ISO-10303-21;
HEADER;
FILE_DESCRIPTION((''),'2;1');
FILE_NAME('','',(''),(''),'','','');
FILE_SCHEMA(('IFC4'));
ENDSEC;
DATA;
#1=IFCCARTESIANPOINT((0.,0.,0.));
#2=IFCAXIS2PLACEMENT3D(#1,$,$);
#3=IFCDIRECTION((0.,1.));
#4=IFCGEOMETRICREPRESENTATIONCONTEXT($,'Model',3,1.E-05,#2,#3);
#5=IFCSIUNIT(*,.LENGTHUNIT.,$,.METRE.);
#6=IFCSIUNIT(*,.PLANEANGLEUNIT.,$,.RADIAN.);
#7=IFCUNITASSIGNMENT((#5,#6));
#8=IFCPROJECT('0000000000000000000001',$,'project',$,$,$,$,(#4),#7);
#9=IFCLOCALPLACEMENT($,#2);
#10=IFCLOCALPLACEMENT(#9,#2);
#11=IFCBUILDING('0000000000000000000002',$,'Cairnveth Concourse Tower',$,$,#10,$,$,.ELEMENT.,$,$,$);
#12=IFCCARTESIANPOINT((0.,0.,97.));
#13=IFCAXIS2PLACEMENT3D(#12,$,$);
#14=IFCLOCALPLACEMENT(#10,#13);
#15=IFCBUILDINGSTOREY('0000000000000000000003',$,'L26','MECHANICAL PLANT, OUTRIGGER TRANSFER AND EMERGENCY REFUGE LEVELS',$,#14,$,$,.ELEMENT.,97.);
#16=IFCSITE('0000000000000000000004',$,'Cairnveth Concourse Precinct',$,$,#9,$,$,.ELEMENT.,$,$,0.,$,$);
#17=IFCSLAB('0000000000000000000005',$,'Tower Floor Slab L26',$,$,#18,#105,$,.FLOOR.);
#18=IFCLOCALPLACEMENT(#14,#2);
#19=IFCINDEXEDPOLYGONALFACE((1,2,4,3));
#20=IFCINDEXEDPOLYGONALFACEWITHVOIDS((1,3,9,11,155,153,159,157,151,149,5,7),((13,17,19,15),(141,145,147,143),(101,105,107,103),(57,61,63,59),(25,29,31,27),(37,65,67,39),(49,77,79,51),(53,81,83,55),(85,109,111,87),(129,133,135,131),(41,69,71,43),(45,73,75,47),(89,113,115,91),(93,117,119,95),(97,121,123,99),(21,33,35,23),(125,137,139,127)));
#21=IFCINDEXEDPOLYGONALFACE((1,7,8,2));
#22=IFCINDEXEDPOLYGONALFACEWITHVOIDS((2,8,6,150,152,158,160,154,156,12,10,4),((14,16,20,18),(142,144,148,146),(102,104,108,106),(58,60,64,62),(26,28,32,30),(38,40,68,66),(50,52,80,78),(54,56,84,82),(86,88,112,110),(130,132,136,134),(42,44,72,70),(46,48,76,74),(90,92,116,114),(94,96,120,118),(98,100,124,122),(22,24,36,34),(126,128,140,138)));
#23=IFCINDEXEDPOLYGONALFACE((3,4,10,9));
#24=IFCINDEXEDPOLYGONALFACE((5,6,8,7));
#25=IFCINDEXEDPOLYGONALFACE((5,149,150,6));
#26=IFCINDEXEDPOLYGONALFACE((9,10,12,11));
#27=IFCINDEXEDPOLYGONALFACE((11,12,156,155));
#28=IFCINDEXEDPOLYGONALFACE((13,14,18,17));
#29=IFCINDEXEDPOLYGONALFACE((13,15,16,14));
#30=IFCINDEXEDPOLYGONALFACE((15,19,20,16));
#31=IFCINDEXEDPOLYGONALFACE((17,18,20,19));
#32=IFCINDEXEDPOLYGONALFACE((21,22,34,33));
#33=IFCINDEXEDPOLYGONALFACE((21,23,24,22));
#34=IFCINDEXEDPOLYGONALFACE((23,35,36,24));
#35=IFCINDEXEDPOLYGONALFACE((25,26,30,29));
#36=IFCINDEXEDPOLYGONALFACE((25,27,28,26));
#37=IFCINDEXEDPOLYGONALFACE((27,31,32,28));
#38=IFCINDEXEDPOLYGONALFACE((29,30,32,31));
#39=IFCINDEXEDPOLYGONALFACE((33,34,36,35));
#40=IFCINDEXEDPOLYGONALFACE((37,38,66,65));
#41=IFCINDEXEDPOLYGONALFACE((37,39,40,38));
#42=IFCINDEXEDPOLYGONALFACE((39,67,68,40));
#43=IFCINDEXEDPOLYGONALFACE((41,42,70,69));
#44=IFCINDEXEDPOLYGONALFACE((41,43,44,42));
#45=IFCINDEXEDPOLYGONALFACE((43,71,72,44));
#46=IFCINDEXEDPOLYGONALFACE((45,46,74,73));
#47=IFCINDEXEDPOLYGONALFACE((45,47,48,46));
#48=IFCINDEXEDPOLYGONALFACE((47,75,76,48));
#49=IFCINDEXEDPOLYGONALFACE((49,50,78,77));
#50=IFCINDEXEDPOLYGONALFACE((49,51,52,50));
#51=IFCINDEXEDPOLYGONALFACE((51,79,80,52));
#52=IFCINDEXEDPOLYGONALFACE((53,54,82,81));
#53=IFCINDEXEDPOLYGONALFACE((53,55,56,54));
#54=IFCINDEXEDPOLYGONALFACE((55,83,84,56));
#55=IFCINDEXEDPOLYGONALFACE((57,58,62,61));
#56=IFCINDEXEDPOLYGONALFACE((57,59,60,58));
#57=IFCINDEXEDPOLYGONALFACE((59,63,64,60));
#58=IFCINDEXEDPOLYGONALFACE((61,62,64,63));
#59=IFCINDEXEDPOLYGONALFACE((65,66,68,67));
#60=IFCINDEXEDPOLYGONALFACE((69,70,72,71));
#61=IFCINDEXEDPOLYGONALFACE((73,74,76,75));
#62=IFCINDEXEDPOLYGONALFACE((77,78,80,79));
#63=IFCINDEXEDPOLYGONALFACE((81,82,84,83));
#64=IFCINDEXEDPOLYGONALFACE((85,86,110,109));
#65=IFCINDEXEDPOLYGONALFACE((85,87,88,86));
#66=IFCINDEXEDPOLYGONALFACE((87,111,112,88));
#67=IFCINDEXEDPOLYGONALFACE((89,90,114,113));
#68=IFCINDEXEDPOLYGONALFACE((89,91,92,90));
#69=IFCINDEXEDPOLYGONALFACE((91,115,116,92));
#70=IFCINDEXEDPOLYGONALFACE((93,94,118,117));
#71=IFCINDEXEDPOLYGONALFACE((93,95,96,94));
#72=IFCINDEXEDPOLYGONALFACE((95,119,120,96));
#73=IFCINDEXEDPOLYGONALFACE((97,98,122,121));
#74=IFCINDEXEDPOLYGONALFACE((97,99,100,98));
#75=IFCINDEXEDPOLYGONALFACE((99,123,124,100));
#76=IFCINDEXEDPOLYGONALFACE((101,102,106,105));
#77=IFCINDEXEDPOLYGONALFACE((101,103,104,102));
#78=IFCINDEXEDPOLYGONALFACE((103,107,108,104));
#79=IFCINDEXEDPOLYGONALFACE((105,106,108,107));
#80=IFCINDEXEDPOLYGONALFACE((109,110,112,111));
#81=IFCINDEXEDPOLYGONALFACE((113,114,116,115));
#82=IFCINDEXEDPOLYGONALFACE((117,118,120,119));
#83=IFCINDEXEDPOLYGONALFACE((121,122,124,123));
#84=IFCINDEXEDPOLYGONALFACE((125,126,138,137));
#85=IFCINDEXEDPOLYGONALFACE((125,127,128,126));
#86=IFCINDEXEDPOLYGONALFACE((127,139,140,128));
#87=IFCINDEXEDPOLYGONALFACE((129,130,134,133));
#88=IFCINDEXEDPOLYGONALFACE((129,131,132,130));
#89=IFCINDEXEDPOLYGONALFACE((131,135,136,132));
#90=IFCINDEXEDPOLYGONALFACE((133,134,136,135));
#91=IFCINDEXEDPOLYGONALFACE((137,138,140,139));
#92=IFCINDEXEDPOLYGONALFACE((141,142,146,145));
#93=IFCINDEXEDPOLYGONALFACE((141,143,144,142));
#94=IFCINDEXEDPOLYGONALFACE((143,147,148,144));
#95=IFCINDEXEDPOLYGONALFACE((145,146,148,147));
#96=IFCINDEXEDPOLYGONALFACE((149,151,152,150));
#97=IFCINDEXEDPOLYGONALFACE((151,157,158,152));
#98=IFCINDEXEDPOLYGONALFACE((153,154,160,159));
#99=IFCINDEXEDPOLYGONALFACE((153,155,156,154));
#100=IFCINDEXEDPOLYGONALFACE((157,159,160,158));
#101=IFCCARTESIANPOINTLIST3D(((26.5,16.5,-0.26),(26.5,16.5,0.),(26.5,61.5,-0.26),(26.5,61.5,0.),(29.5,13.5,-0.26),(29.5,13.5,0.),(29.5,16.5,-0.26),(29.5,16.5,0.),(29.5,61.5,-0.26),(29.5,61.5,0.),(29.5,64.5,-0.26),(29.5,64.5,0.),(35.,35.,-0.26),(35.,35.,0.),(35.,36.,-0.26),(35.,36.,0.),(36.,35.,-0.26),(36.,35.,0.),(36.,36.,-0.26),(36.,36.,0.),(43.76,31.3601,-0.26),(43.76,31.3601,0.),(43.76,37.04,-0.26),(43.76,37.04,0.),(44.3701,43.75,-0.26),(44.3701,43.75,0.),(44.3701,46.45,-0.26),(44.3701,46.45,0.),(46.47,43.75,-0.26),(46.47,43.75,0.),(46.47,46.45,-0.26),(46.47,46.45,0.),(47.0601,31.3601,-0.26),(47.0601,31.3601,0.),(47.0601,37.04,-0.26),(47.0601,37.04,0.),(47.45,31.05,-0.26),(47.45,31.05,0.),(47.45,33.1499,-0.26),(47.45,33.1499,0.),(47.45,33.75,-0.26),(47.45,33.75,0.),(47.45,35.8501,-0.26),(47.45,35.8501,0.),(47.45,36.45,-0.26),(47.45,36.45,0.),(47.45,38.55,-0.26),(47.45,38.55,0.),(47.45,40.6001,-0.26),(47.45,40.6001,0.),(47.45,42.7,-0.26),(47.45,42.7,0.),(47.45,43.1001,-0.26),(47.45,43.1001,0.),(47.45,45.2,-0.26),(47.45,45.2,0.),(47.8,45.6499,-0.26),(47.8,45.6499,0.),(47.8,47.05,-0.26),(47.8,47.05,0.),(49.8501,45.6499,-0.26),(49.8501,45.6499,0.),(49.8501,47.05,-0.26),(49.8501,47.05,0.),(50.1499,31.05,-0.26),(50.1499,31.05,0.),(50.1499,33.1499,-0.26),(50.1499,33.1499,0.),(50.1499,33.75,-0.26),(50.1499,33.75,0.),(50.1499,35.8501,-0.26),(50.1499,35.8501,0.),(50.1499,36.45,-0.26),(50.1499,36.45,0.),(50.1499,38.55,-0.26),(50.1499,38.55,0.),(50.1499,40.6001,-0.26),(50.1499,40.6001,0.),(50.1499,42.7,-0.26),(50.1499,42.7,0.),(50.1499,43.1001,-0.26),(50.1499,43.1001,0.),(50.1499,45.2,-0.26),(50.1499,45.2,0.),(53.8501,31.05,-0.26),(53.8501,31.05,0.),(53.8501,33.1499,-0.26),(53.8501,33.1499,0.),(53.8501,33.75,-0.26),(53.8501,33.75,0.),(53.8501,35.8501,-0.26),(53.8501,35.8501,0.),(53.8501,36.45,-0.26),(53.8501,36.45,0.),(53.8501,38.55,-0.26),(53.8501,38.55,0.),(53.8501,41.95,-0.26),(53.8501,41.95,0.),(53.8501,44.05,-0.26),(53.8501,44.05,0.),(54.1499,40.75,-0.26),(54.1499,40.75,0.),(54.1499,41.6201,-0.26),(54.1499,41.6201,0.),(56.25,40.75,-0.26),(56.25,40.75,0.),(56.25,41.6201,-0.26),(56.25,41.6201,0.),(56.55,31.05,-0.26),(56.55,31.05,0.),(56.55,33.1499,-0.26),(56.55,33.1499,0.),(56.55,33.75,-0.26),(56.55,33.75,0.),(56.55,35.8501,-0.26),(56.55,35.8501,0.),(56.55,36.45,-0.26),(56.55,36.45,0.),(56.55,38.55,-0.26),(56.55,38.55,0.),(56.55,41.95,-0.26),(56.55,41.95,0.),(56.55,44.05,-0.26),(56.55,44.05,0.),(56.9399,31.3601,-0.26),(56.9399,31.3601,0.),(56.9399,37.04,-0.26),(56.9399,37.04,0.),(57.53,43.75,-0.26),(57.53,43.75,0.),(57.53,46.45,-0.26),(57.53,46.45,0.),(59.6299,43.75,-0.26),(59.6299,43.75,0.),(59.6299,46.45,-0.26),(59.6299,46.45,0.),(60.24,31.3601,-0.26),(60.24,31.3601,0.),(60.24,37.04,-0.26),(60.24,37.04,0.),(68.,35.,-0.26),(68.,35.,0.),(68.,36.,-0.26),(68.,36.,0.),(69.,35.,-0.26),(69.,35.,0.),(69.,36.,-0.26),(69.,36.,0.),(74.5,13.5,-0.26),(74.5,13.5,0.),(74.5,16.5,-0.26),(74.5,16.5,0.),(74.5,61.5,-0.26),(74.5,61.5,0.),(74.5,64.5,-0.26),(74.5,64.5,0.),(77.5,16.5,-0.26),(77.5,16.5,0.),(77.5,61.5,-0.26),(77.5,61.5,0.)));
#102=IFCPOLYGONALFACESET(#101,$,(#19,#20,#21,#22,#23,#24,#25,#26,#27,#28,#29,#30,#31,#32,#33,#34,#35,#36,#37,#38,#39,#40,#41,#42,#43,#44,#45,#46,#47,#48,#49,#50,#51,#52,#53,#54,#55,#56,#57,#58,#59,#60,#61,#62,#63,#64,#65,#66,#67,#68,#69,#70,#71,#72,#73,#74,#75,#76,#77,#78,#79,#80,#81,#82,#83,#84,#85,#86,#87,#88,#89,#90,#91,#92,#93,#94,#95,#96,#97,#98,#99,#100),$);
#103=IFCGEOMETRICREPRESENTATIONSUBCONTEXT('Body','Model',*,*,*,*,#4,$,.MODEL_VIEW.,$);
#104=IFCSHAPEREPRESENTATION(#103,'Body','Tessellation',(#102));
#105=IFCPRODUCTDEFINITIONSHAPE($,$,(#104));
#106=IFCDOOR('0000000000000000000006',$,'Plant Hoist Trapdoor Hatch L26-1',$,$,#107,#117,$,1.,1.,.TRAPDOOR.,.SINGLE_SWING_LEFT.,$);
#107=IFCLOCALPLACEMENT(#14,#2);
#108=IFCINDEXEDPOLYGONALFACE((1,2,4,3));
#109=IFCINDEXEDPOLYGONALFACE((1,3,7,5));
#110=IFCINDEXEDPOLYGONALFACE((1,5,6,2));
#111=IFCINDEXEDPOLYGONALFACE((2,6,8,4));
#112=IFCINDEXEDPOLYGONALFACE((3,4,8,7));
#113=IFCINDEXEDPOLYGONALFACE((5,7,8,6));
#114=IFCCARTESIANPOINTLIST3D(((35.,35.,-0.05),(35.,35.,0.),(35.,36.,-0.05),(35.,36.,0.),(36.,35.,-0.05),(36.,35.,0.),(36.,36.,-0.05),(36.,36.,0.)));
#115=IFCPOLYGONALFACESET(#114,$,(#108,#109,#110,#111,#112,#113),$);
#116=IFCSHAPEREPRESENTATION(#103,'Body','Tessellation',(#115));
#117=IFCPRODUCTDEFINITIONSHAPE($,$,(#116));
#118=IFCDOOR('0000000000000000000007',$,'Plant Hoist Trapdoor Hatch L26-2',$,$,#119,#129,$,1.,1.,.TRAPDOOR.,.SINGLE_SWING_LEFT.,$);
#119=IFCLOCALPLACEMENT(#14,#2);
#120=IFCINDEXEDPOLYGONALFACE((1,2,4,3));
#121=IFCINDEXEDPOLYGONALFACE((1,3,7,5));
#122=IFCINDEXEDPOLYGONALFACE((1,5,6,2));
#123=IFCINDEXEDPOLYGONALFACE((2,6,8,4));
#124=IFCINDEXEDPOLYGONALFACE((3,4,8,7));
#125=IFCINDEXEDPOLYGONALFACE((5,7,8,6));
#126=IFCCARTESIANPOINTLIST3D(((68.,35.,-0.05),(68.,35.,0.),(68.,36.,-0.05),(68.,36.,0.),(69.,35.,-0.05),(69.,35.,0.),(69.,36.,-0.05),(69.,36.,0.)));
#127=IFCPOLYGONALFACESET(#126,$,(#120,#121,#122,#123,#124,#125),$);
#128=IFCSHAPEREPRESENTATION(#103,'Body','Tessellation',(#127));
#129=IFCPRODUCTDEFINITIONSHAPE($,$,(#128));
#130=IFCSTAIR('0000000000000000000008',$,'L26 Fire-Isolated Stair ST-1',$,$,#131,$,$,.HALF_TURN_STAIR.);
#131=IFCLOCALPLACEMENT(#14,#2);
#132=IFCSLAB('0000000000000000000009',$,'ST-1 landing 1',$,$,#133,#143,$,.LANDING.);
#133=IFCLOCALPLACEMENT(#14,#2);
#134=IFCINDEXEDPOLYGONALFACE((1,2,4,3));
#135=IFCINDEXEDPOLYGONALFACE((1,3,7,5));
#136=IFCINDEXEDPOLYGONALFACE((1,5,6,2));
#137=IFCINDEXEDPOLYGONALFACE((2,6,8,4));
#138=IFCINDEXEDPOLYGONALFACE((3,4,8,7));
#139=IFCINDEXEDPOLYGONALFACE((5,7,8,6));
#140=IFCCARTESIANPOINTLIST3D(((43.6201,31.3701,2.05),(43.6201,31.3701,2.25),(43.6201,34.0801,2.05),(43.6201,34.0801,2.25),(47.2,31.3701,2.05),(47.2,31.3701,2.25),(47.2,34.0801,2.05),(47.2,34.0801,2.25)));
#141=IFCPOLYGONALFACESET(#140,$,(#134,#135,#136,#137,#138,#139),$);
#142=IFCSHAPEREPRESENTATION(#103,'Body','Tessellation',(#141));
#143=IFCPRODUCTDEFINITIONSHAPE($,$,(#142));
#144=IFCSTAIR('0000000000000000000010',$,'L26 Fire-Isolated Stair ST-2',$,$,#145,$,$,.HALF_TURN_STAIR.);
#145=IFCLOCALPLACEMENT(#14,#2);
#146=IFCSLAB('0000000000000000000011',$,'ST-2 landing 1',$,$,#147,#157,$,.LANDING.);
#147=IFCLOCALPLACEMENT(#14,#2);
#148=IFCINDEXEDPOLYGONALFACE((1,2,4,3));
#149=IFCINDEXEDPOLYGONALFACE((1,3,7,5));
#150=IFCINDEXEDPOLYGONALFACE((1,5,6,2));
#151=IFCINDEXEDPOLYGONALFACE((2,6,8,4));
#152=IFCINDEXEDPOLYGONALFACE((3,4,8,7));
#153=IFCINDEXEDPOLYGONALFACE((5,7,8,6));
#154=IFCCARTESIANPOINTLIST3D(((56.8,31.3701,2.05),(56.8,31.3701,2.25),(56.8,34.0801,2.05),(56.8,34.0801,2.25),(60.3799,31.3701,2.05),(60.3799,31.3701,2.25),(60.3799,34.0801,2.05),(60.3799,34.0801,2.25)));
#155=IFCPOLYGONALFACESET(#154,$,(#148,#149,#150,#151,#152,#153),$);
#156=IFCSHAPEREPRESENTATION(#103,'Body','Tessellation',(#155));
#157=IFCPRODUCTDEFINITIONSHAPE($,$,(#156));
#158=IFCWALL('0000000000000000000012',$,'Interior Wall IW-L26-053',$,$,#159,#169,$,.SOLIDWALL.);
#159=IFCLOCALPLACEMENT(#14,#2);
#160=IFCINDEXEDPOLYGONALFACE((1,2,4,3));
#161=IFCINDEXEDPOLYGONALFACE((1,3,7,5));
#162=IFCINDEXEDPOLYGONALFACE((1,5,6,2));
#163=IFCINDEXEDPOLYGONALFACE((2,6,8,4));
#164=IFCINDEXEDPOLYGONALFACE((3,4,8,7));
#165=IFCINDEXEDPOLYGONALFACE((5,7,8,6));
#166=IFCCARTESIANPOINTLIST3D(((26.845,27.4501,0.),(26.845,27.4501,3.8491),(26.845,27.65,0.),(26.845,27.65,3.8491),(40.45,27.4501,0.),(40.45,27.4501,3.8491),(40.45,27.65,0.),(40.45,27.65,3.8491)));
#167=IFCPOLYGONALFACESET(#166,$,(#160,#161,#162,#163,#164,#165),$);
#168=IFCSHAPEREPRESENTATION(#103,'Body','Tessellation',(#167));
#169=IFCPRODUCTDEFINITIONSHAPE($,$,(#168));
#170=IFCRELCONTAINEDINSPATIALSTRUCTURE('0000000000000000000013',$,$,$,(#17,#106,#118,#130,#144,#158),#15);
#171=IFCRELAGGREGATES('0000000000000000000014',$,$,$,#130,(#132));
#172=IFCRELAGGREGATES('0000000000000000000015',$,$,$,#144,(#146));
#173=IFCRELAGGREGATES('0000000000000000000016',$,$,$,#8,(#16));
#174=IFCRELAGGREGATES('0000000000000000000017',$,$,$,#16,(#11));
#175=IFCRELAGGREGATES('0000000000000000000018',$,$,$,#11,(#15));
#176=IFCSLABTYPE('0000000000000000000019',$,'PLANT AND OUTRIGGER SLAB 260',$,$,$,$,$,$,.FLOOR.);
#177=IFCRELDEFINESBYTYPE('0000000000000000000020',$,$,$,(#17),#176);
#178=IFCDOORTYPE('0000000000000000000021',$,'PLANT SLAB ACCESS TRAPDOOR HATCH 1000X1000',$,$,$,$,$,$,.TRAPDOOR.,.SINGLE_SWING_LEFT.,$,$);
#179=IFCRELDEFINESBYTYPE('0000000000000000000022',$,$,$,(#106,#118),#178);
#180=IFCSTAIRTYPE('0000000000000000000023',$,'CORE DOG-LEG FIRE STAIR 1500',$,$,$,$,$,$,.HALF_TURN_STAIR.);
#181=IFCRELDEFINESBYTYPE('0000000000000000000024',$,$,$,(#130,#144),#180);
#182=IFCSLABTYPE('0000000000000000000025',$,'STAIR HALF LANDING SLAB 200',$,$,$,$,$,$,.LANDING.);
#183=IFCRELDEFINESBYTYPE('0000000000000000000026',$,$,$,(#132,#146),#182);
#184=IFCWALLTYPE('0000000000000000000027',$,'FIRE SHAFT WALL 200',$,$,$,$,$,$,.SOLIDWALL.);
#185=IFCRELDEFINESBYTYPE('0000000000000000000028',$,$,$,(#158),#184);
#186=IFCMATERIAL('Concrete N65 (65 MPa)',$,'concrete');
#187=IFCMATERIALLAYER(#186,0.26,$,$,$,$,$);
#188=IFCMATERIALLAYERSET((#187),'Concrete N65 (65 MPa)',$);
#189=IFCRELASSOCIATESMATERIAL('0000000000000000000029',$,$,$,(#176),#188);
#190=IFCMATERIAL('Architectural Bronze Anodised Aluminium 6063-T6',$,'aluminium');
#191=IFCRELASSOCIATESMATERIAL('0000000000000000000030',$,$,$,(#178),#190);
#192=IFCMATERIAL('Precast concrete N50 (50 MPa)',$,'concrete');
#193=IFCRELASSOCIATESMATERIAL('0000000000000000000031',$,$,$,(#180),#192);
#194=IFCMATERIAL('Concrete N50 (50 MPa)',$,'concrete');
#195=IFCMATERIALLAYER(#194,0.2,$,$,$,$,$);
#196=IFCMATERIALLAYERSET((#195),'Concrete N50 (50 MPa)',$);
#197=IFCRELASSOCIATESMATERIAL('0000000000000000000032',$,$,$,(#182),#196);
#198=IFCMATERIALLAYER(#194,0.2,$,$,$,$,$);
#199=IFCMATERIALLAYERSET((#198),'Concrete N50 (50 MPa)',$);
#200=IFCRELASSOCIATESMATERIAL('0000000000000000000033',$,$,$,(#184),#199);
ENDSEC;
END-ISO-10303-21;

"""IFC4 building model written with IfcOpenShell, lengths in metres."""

from ifc_helpers import new_model, si_unit, direction, frame, frame_2d, origin, origin_2d, place, context, subcontext, project, spatial, polyline, rectangle, outline, extrude, material, layer, layer_set, type_object, element, fill, aggregate, save


model = new_model("IFC4")

# Units and contexts
model_context = context("Model", 3, precision=1e-05, world=origin(), true_north=direction((0.0, 1.0)))
body_context = subcontext(model_context, "Body", "Model", "MODEL_VIEW")
ifc_project = project(units=[si_unit("LENGTHUNIT", "METRE"), si_unit("PLANEANGLEUNIT", "RADIAN")], contexts=[model_context])

# Site, building, storey
site_placement = place(None, origin())
site = spatial("IfcSite", under=ifc_project, at=site_placement, Name="Cairnveth Concourse Precinct", CompositionType="ELEMENT", RefElevation=0.0)
building_placement = place(site_placement, origin())
building = spatial("IfcBuilding", under=site, at=building_placement, Name="Cairnveth Concourse Tower", CompositionType="ELEMENT")
storey_placement = place(building_placement, frame((0.0, 0.0, 97.0)))
storey = spatial("IfcBuildingStorey", under=building, at=storey_placement, Name="L26", Description="MECHANICAL PLANT, OUTRIGGER TRANSFER AND EMERGENCY REFUGE LEVELS", CompositionType="ELEMENT", Elevation=97.0)

# Shared definitions
ifc_material_1 = material(Name="Concrete N65 (65 MPa)", Category="concrete")

# Slab, openings, doors
ifc_layer_1 = layer(ifc_material_1, 0.26)
ifc_layer_set_1 = layer_set([ifc_layer_1], Name="Concrete N65 (65 MPa)")
slab_type_1 = type_object("IfcSlabType", Name="PLANT AND OUTRIGGER SLAB 260", PredefinedType="FLOOR", material=ifc_layer_set_1)
slab_1_placement = place(storey_placement, frame((0.0, 0.0, -0.26)))
slab_1 = element("IfcSlab", 1, at=slab_1_placement, inside=storey, type_object=slab_type_1, Name="Tower Floor Slab L26", PredefinedType="FLOOR", context=body_context, shape_type="SweptSolid", body=[
    extrude(outline(polyline([(29.5, 13.5), (74.5, 13.5), (74.5, 16.5), (77.5, 16.5), (77.5, 61.5), (74.5, 61.5), (74.5, 64.5), (29.5, 64.5), (29.5, 61.5), (26.5, 61.5), (26.5, 16.5), (29.5, 16.5), (29.5, 13.5)]), holes=[polyline([(43.76, 31.3601), (47.0601, 31.3601), (47.0601, 37.04), (43.76, 37.04), (43.76, 31.3601)]), polyline([(56.9399, 31.3601), (60.24, 31.3601), (60.24, 37.04), (56.9399, 37.04), (56.9399, 31.3601)]), polyline([(44.3701, 43.75), (46.47, 43.75), (46.47, 46.45), (44.3701, 46.45), (44.3701, 43.75)]), polyline([(57.53, 43.75), (59.6299, 43.75), (59.6299, 46.45), (57.53, 46.45), (57.53, 43.75)]), polyline([(47.45, 31.05), (50.1499, 31.05), (50.1499, 33.1499), (47.45, 33.1499), (47.45, 31.05)]), polyline([(47.45, 33.75), (50.1499, 33.75), (50.1499, 35.8501), (47.45, 35.8501), (47.45, 33.75)]), polyline([(47.45, 36.45), (50.1499, 36.45), (50.1499, 38.55), (47.45, 38.55), (47.45, 36.45)]), polyline([(53.8501, 31.05), (56.55, 31.05), (56.55, 33.1499), (53.8501, 33.1499), (53.8501, 31.05)]), polyline([(53.8501, 33.75), (56.55, 33.75), (56.55, 35.8501), (53.8501, 35.8501), (53.8501, 33.75)]), polyline([(53.8501, 36.45), (56.55, 36.45), (56.55, 38.55), (53.8501, 38.55), (53.8501, 36.45)]), polyline([(47.45, 40.6001), (50.1499, 40.6001), (50.1499, 42.7), (47.45, 42.7), (47.45, 40.6001)]), polyline([(47.45, 43.1001), (50.1499, 43.1001), (50.1499, 45.2), (47.45, 45.2), (47.45, 43.1001)]), polyline([(53.8501, 41.95), (56.55, 41.95), (56.55, 44.05), (53.8501, 44.05), (53.8501, 41.95)]), polyline([(47.8, 45.6499), (49.8501, 45.6499), (49.8501, 47.05), (47.8, 47.05), (47.8, 45.6499)]), polyline([(54.1499, 40.75), (56.25, 40.75), (56.25, 41.6201), (54.1499, 41.6201), (54.1499, 40.75)]), polyline([(35.0, 35.0), (36.0, 35.0), (36.0, 36.0), (35.0, 36.0), (35.0, 35.0)]), polyline([(68.0, 35.0), (69.0, 35.0), (69.0, 36.0), (68.0, 36.0), (68.0, 35.0)])]), origin(), (0.0, 0.0, 1.0), 0.26),
])
opening_1_placement = place(slab_1_placement, frame((35.5, 35.5, 0.0)))
opening_1 = element("IfcOpeningElement", 2, at=opening_1_placement, cuts=slab_1, PredefinedType="OPENING", context=body_context, shape_type="SweptSolid", body=[
    extrude(rectangle(XDim=1.0, YDim=1.0, at=origin_2d()), origin(), (0.0, 0.0, 1.0), 0.26),
])
opening_2_placement = place(slab_1_placement, frame((68.5, 35.5, 0.0)))
opening_2 = element("IfcOpeningElement", 3, at=opening_2_placement, cuts=slab_1, PredefinedType="OPENING", context=body_context, shape_type="SweptSolid", body=[
    extrude(rectangle(XDim=1.0, YDim=1.0, at=origin_2d()), origin(), (0.0, 0.0, 1.0), 0.26),
])
ifc_material_2 = material(Name="Architectural Bronze Anodised Aluminium 6063-T6", Category="aluminium")
door_type = type_object("IfcDoorType", Name="PLANT SLAB ACCESS TRAPDOOR HATCH 1000X1000", OperationType="SINGLE_SWING_LEFT", PredefinedType="TRAPDOOR", material=ifc_material_2)
door_1_placement = place(opening_1_placement, frame((0.0, 0.0, 0.21)))
door_1 = element("IfcDoor", 4, at=door_1_placement, inside=storey, type_object=door_type, Name="Plant Hoist Trapdoor Hatch L26-1", OperationType="SINGLE_SWING_LEFT", OverallHeight=1.0, OverallWidth=1.0, PredefinedType="TRAPDOOR", context=body_context, shape_type="SweptSolid", body=[
    extrude(rectangle(XDim=1.0, YDim=1.0, at=origin_2d()), origin(), (0.0, 0.0, 1.0), 0.05),
])
fill(opening_1, door_1)
door_2_placement = place(opening_2_placement, frame((0.0, 0.0, 0.21)))
door_2 = element("IfcDoor", 5, at=door_2_placement, inside=storey, type_object=door_type, Name="Plant Hoist Trapdoor Hatch L26-2", OperationType="SINGLE_SWING_LEFT", OverallHeight=1.0, OverallWidth=1.0, PredefinedType="TRAPDOOR", context=body_context, shape_type="SweptSolid", body=[
    extrude(rectangle(XDim=1.0, YDim=1.0, at=origin_2d()), origin(), (0.0, 0.0, 1.0), 0.05),
])
fill(opening_2, door_2)

# Stairs, slabs
ifc_material_3 = material(Name="Precast concrete N50 (50 MPa)", Category="concrete")
stair_type = type_object("IfcStairType", Name="CORE DOG-LEG FIRE STAIR 1500", PredefinedType="HALF_TURN_STAIR", material=ifc_material_3)
stair_1_placement = place(storey_placement, origin())
stair_1 = element("IfcStair", 6, at=stair_1_placement, inside=storey, type_object=stair_type, Name="L26 Fire-Isolated Stair ST-1", PredefinedType="HALF_TURN_STAIR")
ifc_material_4 = material(Name="Concrete N50 (50 MPa)", Category="concrete")
ifc_layer_2 = layer(ifc_material_4, 0.2)
ifc_layer_set_2 = layer_set([ifc_layer_2], Name="Concrete N50 (50 MPa)")
slab_type_2 = type_object("IfcSlabType", Name="STAIR HALF LANDING SLAB 200", PredefinedType="LANDING", material=ifc_layer_set_2)
slab_2_placement = place(storey_placement, frame((0.0, 0.0, 2.05)))
slab_2 = element("IfcSlab", 7, at=slab_2_placement, type_object=slab_type_2, Name="ST-1 landing 1", PredefinedType="LANDING", context=body_context, shape_type="SweptSolid", body=[
    extrude(outline(polyline([(43.6201, 34.0801), (43.6201, 31.3701), (47.2, 31.3701), (47.2, 34.0801), (43.6201, 34.0801)])), origin(), (0.0, 0.0, 1.0), 0.2),
])
aggregate(stair_1, [slab_2])
stair_2_placement = place(storey_placement, origin())
stair_2 = element("IfcStair", 8, at=stair_2_placement, inside=storey, type_object=stair_type, Name="L26 Fire-Isolated Stair ST-2", PredefinedType="HALF_TURN_STAIR")
slab_3_placement = place(storey_placement, frame((0.0, 0.0, 2.05)))
slab_3 = element("IfcSlab", 9, at=slab_3_placement, type_object=slab_type_2, Name="ST-2 landing 1", PredefinedType="LANDING", context=body_context, shape_type="SweptSolid", body=[
    extrude(outline(polyline([(56.8, 34.0801), (56.8, 31.3701), (60.3799, 31.3701), (60.3799, 34.0801), (56.8, 34.0801)])), origin(), (0.0, 0.0, 1.0), 0.2),
])
aggregate(stair_2, [slab_3])

# Wall
ifc_layer_3 = layer(ifc_material_4, 0.2)
ifc_layer_set_3 = layer_set([ifc_layer_3], Name="Concrete N50 (50 MPa)")
wall_type_1 = type_object("IfcWallType", Name="FIRE SHAFT WALL 200", PredefinedType="SOLIDWALL", material=ifc_layer_set_3)
wall_1_placement = place(storey_placement, frame((26.845, 27.55, 0.0), z_axis=(0.0, 0.0, 1.0), x_axis=(1.0, 0.0, 0.0)))
element("IfcWall", 10, at=wall_1_placement, inside=storey, type_object=wall_type_1, Name="Interior Wall IW-L26-053", PredefinedType="SOLIDWALL", context=body_context, shape_type="SweptSolid", body=[
    extrude(rectangle(XDim=13.605, YDim=0.2, at=frame_2d((6.8025, 0.0))), origin(), (0.0, 0.0, 1.0), 3.8491),
])

save(model, "model.ifc")
